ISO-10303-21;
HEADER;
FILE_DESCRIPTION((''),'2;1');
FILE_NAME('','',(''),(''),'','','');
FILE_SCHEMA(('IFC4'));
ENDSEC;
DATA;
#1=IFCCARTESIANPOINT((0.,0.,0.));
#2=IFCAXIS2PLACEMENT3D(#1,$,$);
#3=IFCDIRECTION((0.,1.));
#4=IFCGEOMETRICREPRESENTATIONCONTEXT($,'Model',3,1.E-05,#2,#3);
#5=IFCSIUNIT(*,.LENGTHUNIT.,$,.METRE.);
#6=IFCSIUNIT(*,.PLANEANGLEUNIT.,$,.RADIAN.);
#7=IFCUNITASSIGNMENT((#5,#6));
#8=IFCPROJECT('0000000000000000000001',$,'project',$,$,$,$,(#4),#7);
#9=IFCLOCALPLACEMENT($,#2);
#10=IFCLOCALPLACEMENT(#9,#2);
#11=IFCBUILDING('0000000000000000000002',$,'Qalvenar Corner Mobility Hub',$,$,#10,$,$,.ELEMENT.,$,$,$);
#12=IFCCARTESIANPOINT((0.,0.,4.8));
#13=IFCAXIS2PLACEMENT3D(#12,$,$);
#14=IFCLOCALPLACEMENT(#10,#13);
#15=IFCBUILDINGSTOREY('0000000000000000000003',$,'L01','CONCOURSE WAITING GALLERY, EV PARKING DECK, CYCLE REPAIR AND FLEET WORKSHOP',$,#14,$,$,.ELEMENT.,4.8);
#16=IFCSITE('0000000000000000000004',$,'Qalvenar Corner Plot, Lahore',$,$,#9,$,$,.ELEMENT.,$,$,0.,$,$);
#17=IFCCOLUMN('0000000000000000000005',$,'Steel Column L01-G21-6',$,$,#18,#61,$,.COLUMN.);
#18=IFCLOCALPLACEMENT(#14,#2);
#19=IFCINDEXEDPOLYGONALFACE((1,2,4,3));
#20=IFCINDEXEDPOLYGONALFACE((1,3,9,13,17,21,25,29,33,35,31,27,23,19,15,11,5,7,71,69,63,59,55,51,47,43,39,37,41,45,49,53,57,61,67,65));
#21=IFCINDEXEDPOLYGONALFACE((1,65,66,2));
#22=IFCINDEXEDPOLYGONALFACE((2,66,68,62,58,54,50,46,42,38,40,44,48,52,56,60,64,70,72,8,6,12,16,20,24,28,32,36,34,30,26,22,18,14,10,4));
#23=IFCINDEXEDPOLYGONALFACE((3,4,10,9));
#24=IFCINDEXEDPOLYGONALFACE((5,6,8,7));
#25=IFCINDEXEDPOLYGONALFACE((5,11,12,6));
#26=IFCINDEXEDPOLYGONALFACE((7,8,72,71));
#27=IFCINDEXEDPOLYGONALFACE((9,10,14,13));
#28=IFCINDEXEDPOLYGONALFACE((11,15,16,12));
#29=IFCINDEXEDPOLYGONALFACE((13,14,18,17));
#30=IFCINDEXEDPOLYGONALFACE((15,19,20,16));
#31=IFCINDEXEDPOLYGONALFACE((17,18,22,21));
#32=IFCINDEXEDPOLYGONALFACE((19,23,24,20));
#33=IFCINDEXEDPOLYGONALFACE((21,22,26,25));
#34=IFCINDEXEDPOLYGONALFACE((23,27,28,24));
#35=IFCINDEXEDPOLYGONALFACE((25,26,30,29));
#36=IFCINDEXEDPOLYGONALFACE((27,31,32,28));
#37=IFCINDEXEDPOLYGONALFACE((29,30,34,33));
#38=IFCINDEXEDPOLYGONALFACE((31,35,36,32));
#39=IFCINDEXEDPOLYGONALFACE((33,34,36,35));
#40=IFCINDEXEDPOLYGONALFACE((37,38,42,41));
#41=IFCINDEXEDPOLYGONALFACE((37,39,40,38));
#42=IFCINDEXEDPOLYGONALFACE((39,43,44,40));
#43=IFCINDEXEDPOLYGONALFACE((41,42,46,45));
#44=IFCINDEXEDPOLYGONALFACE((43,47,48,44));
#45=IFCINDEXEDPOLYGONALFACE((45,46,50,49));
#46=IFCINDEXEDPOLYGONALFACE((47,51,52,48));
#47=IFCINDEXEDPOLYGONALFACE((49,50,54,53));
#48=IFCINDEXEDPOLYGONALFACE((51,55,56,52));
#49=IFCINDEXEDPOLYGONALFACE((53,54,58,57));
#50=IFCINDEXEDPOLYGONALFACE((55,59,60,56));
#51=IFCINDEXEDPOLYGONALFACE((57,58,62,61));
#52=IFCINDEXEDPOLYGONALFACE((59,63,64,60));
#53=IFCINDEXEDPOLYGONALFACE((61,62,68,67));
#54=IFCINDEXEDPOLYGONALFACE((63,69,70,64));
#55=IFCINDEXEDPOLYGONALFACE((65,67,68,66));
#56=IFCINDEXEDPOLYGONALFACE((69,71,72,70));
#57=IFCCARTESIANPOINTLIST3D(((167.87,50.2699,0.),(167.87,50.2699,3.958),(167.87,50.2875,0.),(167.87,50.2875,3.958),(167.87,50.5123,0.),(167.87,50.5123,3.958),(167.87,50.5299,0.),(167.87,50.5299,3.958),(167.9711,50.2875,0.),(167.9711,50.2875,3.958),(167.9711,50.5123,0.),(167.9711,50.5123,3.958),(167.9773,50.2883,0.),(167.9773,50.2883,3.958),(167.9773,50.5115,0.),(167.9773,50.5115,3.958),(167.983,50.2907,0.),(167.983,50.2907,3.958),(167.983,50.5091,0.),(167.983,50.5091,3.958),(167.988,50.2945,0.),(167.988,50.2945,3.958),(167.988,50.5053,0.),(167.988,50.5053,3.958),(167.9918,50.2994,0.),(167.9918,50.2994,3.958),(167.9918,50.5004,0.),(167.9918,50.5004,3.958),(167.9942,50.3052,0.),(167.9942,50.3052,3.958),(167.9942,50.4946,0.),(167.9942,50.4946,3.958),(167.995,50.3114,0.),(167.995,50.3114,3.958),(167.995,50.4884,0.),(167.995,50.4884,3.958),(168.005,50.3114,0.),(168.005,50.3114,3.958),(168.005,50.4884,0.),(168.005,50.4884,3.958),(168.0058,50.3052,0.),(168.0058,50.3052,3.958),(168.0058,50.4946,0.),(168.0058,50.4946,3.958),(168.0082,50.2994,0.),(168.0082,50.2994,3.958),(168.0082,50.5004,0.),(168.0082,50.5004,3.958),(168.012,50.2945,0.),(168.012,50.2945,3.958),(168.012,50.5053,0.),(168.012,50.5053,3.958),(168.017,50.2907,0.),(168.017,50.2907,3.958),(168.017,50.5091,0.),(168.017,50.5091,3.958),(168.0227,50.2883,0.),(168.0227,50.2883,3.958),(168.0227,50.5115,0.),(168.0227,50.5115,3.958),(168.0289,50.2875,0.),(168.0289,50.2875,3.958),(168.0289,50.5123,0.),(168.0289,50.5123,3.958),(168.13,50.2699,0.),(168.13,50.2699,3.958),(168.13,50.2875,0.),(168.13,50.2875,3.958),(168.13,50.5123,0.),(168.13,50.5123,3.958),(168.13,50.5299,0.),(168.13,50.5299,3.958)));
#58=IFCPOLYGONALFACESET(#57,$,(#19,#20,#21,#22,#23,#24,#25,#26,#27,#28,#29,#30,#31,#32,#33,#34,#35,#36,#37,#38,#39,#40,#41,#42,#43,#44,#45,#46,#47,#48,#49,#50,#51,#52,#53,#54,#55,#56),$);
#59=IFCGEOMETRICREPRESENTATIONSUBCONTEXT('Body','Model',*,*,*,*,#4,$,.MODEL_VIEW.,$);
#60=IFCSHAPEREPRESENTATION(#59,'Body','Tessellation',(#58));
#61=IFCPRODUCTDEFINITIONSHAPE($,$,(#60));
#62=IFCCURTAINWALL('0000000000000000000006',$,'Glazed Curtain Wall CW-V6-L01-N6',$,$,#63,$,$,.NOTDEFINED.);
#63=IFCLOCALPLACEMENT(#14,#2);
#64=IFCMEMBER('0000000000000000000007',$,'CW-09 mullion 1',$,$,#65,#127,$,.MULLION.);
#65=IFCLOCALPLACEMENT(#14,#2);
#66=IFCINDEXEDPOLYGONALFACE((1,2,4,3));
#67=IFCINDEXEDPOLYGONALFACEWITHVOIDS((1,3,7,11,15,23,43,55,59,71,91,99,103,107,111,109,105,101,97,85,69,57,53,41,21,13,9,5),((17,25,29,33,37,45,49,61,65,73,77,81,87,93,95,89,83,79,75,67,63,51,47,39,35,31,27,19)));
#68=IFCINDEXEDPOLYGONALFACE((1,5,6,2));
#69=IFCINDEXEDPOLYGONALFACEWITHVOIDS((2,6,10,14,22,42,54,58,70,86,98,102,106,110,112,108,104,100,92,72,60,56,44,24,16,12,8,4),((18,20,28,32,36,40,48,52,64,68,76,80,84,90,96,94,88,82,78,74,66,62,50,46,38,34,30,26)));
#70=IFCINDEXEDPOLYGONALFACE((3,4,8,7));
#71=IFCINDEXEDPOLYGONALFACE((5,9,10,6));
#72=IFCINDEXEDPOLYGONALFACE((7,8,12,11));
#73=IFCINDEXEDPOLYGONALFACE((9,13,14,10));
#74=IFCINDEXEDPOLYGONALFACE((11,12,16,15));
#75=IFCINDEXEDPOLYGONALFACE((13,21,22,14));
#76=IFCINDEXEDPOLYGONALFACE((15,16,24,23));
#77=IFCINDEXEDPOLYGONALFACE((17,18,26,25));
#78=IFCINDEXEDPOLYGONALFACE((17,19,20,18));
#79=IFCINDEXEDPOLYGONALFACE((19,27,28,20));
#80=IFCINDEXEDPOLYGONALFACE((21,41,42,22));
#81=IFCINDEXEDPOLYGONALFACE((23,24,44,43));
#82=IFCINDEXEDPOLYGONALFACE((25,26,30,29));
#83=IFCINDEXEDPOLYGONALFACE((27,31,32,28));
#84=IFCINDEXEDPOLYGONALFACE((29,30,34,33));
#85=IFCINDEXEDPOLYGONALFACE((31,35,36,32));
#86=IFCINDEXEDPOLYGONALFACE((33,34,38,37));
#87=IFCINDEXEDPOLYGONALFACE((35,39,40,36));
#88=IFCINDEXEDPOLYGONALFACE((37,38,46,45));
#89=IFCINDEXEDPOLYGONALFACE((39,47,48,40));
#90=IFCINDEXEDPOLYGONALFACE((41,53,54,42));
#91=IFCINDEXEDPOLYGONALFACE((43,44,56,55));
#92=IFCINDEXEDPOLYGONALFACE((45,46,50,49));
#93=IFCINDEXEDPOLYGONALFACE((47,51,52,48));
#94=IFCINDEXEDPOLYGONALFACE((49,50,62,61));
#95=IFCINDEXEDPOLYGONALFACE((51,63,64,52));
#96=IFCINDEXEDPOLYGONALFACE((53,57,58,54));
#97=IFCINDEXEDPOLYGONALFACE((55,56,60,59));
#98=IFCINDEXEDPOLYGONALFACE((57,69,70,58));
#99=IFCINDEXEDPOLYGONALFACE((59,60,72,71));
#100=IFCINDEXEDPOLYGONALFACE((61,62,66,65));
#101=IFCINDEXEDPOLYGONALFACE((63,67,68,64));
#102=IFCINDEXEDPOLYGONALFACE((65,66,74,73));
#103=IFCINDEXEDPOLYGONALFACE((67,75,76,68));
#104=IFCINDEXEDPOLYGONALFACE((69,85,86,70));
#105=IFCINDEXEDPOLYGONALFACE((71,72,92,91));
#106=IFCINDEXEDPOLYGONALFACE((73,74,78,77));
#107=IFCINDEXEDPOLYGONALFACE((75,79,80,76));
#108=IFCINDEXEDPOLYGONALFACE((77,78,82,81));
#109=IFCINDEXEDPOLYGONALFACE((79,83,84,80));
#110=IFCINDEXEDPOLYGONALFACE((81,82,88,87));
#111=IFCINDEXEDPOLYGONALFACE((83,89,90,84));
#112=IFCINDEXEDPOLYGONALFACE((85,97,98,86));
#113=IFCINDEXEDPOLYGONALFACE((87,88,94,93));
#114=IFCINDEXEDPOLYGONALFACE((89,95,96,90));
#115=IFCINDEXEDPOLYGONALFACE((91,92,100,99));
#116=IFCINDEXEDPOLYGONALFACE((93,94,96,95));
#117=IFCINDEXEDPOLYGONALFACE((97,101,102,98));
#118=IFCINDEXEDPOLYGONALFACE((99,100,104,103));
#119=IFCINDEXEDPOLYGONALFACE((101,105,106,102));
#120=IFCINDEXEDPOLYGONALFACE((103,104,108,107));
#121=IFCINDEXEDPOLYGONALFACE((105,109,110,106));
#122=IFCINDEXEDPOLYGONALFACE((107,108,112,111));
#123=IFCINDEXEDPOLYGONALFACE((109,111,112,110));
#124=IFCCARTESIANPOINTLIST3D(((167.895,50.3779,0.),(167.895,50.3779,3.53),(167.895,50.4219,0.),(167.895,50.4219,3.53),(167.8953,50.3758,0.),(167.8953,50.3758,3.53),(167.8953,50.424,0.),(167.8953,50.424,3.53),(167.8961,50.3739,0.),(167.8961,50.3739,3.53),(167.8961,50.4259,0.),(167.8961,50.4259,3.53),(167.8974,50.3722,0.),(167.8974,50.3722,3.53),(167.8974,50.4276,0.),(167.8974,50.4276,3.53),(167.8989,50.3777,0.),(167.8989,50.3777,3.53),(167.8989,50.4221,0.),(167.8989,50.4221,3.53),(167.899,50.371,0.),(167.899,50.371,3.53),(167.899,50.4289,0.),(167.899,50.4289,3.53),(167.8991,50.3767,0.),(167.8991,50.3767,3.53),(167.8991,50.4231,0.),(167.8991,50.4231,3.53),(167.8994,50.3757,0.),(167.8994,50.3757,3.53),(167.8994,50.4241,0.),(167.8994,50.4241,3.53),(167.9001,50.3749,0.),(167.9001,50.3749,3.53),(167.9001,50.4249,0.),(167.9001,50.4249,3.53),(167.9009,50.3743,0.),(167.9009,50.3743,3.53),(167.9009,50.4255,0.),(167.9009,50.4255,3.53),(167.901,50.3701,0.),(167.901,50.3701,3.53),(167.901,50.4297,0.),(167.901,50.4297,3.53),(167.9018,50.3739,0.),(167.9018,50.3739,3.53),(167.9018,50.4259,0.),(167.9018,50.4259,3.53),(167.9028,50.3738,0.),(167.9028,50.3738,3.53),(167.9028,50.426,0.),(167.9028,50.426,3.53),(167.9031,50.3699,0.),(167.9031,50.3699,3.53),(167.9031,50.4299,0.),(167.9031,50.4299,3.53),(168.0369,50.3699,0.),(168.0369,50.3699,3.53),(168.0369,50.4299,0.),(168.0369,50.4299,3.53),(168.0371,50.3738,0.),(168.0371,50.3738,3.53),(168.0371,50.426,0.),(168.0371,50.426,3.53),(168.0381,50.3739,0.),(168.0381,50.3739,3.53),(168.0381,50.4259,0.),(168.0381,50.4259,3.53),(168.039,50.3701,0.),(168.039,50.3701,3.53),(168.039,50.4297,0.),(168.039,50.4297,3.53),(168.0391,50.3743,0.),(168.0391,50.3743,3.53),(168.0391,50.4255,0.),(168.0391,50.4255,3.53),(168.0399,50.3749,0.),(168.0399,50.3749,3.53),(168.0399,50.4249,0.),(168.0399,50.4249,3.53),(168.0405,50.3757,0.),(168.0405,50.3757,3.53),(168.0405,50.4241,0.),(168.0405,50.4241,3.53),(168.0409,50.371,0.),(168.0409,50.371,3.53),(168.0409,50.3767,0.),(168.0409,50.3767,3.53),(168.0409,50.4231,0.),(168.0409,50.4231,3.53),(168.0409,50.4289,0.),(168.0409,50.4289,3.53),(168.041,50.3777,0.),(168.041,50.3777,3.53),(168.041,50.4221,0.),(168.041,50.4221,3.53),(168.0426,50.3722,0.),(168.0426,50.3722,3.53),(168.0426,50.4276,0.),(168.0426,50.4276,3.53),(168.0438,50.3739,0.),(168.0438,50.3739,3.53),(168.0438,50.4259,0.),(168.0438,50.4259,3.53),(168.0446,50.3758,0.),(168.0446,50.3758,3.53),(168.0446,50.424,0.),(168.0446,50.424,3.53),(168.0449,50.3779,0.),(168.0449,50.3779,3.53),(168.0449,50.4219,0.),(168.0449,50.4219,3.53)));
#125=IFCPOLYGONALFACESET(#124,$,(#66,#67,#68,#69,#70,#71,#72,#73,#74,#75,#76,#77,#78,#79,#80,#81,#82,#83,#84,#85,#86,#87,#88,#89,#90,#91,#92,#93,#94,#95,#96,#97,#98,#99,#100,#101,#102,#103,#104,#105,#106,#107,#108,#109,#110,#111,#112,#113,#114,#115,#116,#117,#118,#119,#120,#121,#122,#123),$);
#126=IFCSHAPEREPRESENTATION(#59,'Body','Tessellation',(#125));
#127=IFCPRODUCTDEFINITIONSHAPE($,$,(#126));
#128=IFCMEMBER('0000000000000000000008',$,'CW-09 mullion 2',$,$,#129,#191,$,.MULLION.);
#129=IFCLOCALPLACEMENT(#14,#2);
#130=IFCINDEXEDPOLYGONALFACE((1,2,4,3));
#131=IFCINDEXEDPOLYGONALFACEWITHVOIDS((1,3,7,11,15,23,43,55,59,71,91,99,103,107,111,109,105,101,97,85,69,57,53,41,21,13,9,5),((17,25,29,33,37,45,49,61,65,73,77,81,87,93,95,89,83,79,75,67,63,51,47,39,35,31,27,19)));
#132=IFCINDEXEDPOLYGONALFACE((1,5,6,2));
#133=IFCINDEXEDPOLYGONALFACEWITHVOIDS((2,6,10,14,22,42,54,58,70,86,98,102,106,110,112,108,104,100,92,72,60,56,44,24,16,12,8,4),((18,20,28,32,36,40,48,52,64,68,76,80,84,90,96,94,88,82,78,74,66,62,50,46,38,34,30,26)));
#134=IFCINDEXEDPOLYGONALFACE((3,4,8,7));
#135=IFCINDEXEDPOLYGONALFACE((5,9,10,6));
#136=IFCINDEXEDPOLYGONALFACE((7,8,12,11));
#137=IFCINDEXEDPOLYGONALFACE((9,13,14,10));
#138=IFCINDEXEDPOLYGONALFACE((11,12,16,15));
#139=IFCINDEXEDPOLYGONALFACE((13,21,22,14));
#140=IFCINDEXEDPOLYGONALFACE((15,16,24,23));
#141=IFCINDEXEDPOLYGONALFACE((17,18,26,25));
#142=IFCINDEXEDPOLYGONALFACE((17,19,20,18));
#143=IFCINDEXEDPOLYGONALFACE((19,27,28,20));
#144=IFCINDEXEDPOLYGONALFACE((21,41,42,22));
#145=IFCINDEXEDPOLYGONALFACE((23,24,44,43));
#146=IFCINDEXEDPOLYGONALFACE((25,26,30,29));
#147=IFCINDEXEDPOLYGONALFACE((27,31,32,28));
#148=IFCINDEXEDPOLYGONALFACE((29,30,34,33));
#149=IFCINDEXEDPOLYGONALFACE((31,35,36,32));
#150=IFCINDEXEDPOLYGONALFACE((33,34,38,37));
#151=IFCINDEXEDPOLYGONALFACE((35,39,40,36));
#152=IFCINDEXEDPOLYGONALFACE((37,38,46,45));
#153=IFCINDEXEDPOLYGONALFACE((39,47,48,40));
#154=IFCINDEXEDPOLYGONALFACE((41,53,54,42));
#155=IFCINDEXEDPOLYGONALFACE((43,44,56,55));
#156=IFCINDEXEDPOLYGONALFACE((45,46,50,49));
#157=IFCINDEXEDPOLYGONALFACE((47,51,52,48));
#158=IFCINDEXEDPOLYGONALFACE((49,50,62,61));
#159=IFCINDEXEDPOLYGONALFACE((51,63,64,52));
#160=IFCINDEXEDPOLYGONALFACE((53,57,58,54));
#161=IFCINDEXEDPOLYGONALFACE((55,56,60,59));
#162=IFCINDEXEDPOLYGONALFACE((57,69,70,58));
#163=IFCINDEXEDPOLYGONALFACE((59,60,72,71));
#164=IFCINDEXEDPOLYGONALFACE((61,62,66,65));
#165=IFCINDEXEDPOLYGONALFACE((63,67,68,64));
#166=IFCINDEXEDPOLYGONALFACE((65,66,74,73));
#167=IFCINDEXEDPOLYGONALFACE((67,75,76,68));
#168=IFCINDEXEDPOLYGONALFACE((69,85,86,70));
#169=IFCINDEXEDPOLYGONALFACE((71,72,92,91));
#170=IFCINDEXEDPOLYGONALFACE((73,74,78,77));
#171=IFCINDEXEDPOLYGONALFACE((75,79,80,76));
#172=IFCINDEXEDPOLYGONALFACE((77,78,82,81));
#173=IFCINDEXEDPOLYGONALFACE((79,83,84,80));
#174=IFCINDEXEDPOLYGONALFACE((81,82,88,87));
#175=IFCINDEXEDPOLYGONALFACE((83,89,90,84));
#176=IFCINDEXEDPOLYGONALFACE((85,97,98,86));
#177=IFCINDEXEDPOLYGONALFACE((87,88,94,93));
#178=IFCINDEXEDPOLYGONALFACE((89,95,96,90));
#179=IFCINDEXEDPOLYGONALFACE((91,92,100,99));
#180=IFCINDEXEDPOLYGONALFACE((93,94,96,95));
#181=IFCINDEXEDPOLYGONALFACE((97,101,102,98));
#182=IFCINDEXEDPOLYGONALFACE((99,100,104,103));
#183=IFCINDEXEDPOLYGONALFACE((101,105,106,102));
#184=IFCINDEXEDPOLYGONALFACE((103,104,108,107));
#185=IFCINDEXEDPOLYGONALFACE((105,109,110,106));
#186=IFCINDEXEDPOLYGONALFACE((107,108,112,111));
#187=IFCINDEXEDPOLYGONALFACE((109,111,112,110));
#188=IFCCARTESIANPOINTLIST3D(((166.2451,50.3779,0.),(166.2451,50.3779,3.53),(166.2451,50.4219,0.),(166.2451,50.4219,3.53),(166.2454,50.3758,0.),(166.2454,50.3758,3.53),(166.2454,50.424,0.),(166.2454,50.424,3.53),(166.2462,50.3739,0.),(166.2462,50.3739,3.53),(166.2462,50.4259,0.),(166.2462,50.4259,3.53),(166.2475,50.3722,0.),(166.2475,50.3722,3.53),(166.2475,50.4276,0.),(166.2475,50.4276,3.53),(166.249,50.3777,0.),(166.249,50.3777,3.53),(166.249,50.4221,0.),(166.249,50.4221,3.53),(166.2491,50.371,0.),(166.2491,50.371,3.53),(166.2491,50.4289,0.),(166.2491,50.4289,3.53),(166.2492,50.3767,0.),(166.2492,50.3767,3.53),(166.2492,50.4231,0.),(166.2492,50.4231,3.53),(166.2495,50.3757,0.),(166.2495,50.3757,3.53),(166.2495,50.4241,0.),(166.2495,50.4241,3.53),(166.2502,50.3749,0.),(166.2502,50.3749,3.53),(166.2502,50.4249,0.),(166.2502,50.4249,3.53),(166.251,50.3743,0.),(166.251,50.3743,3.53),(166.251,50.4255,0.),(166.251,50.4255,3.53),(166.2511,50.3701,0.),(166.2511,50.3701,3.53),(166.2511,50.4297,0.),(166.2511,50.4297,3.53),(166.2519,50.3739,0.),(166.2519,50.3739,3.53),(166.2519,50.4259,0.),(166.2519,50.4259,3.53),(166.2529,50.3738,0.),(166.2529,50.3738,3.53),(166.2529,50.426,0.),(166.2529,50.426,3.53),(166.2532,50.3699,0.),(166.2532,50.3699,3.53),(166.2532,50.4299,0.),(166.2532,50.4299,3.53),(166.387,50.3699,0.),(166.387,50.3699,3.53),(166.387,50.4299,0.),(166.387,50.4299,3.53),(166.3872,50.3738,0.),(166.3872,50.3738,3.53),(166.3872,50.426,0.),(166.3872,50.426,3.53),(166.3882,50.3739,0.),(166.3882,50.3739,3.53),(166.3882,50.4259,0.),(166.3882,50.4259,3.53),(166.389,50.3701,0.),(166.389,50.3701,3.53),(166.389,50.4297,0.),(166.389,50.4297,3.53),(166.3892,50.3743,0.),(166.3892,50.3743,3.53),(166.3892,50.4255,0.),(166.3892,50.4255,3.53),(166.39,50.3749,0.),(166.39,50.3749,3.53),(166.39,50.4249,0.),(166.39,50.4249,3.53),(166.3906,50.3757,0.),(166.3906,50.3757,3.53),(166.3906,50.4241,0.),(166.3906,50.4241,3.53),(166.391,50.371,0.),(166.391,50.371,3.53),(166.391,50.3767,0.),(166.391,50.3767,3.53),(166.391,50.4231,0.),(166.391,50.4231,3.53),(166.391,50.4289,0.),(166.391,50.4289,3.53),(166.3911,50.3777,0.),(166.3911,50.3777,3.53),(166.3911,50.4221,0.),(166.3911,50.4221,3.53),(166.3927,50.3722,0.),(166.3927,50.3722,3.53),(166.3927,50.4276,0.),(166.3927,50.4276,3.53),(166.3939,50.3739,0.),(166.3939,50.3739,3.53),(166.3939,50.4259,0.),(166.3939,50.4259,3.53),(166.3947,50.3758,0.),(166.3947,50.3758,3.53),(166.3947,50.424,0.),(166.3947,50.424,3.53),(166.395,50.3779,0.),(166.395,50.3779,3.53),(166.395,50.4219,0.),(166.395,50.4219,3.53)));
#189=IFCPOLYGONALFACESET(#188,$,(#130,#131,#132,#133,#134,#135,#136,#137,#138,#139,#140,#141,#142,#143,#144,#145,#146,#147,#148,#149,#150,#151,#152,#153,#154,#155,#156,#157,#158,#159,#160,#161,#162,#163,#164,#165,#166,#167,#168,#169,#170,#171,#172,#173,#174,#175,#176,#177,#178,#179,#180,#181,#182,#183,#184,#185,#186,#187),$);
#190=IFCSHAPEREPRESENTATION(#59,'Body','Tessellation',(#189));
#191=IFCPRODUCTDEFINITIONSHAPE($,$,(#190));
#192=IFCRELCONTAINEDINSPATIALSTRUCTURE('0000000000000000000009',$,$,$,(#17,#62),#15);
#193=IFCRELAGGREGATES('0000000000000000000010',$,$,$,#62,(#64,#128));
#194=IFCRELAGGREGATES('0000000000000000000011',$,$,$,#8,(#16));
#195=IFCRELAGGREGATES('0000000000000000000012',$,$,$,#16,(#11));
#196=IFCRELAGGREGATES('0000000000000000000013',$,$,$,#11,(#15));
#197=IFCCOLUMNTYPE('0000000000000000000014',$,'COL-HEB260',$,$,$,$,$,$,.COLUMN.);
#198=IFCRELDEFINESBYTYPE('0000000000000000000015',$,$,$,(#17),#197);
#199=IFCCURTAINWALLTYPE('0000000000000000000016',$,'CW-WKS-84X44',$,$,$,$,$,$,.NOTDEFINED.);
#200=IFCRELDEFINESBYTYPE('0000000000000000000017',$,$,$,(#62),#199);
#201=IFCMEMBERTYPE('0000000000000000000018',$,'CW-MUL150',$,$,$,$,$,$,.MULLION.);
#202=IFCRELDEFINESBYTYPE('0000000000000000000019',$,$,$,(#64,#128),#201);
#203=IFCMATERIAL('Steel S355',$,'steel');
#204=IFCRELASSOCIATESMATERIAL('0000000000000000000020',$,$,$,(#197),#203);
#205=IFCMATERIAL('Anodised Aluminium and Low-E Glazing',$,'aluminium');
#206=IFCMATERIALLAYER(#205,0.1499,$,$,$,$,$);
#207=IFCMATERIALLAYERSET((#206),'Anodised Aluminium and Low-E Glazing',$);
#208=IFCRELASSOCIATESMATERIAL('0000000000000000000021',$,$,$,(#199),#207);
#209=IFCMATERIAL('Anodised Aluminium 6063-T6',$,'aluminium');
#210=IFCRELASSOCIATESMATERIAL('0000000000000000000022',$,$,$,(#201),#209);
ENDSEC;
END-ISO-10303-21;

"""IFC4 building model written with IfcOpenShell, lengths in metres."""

from ifc_helpers import new_model, si_unit, direction, frame, origin, origin_2d, place, context, subcontext, project, spatial, hollow_rectangle, i_section, extrude, material, layer, layer_set, material_profile, profile_set, type_object, element, aggregate, save


model = new_model("IFC4")

# Units and contexts
model_context = context("Model", 3, precision=1e-05, world=origin(), true_north=direction((0.0, 1.0)))
body_context = subcontext(model_context, "Body", "Model", "MODEL_VIEW")
ifc_project = project(units=[si_unit("LENGTHUNIT", "METRE"), si_unit("PLANEANGLEUNIT", "RADIAN")], contexts=[model_context])

# Site, building, storey
site_placement = place(None, origin())
site = spatial("IfcSite", under=ifc_project, at=site_placement, Name="Qalvenar Corner Plot, Lahore", CompositionType="ELEMENT", RefElevation=0.0)
building_placement = place(site_placement, origin())
building = spatial("IfcBuilding", under=site, at=building_placement, Name="Qalvenar Corner Mobility Hub", CompositionType="ELEMENT")
storey_placement = place(building_placement, frame((0.0, 0.0, 4.8)))
storey = spatial("IfcBuildingStorey", under=building, at=storey_placement, Name="L01", Description="CONCOURSE WAITING GALLERY, EV PARKING DECK, CYCLE REPAIR AND FLEET WORKSHOP", CompositionType="ELEMENT", Elevation=4.8)

# Column
ifc_material_1 = material(Name="Steel S355", Category="steel")
ifc_material_profile_1 = material_profile(ifc_material_1, i_section(OverallWidth=0.26, OverallDepth=0.26, WebThickness=0.01, FlangeThickness=0.0176, FilletRadius=0.0239, at=origin_2d()), Name="HEB260")
ifc_profile_set_1 = profile_set([ifc_material_profile_1], Name="Steel S355")
column_type = type_object("IfcColumnType", Name="COL-HEB260", PredefinedType="COLUMN", material=ifc_profile_set_1)
column_placement = place(storey_placement, frame((168.0, 50.3999, 0.0), z_axis=(0.0, 0.0, 1.0), x_axis=(1.0, 0.0, 0.0)))
element("IfcColumn", 1, at=column_placement, inside=storey, type_object=column_type, Name="Steel Column L01-G21-6", PredefinedType="COLUMN", context=body_context, shape_type="SweptSolid", body=[
    extrude(i_section(OverallWidth=0.26, OverallDepth=0.26, WebThickness=0.01, FlangeThickness=0.0176, FilletRadius=0.0239, at=origin_2d()), origin(), (0.0, 0.0, 1.0), 3.958),
])

# Curtain wall, members
ifc_material_2 = material(Name="Anodised Aluminium and Low-E Glazing", Category="aluminium")
ifc_layer_1 = layer(ifc_material_2, 0.1499)
ifc_layer_set_1 = layer_set([ifc_layer_1], Name="Anodised Aluminium and Low-E Glazing")
curtain_wall_type = type_object("IfcCurtainWallType", Name="CW-WKS-84X44", PredefinedType="NOTDEFINED", material=ifc_layer_set_1)
curtain_wall_placement = place(storey_placement, origin())
curtain_wall = element("IfcCurtainWall", 2, at=curtain_wall_placement, inside=storey, type_object=curtain_wall_type, Name="Glazed Curtain Wall CW-V6-L01-N6", PredefinedType="NOTDEFINED")
ifc_material_3 = material(Name="Anodised Aluminium 6063-T6", Category="aluminium")
ifc_material_profile_2 = material_profile(ifc_material_3, hollow_rectangle(XDim=0.0601, YDim=0.1499, WallThickness=0.0039, InnerFilletRadius=0.0039, OuterFilletRadius=0.0081, at=origin_2d()), Name="RHS150x60x4")
ifc_profile_set_2 = profile_set([ifc_material_profile_2], Name="Anodised Aluminium 6063-T6")
member_type_1 = type_object("IfcMemberType", Name="CW-MUL150", PredefinedType="MULLION", material=ifc_profile_set_2)
member_1_placement = place(storey_placement, frame((167.97, 50.3999, 0.0), z_axis=(0.0, 0.0, 1.0), x_axis=(0.0, -1.0, 0.0)))
member_1 = element("IfcMember", 3, at=member_1_placement, type_object=member_type_1, Name="CW-09 mullion 1", PredefinedType="MULLION", context=body_context, shape_type="SweptSolid", body=[
    extrude(hollow_rectangle(XDim=0.0601, YDim=0.1499, WallThickness=0.0039, InnerFilletRadius=0.0039, OuterFilletRadius=0.0081, at=origin_2d()), origin(), (0.0, 0.0, 1.0), 3.53),
])
member_2_placement = place(storey_placement, frame((166.3201, 50.3999, 0.0), z_axis=(0.0, 0.0, 1.0), x_axis=(0.0, -1.0, 0.0)))
member_2 = element("IfcMember", 4, at=member_2_placement, type_object=member_type_1, Name="CW-09 mullion 2", PredefinedType="MULLION", context=body_context, shape_type="SweptSolid", body=[
    extrude(hollow_rectangle(XDim=0.0601, YDim=0.1499, WallThickness=0.0039, InnerFilletRadius=0.0039, OuterFilletRadius=0.0081, at=origin_2d()), origin(), (0.0, 0.0, 1.0), 3.53),
])
aggregate(curtain_wall, [member_1, member_2])

save(model, "model.ifc")
